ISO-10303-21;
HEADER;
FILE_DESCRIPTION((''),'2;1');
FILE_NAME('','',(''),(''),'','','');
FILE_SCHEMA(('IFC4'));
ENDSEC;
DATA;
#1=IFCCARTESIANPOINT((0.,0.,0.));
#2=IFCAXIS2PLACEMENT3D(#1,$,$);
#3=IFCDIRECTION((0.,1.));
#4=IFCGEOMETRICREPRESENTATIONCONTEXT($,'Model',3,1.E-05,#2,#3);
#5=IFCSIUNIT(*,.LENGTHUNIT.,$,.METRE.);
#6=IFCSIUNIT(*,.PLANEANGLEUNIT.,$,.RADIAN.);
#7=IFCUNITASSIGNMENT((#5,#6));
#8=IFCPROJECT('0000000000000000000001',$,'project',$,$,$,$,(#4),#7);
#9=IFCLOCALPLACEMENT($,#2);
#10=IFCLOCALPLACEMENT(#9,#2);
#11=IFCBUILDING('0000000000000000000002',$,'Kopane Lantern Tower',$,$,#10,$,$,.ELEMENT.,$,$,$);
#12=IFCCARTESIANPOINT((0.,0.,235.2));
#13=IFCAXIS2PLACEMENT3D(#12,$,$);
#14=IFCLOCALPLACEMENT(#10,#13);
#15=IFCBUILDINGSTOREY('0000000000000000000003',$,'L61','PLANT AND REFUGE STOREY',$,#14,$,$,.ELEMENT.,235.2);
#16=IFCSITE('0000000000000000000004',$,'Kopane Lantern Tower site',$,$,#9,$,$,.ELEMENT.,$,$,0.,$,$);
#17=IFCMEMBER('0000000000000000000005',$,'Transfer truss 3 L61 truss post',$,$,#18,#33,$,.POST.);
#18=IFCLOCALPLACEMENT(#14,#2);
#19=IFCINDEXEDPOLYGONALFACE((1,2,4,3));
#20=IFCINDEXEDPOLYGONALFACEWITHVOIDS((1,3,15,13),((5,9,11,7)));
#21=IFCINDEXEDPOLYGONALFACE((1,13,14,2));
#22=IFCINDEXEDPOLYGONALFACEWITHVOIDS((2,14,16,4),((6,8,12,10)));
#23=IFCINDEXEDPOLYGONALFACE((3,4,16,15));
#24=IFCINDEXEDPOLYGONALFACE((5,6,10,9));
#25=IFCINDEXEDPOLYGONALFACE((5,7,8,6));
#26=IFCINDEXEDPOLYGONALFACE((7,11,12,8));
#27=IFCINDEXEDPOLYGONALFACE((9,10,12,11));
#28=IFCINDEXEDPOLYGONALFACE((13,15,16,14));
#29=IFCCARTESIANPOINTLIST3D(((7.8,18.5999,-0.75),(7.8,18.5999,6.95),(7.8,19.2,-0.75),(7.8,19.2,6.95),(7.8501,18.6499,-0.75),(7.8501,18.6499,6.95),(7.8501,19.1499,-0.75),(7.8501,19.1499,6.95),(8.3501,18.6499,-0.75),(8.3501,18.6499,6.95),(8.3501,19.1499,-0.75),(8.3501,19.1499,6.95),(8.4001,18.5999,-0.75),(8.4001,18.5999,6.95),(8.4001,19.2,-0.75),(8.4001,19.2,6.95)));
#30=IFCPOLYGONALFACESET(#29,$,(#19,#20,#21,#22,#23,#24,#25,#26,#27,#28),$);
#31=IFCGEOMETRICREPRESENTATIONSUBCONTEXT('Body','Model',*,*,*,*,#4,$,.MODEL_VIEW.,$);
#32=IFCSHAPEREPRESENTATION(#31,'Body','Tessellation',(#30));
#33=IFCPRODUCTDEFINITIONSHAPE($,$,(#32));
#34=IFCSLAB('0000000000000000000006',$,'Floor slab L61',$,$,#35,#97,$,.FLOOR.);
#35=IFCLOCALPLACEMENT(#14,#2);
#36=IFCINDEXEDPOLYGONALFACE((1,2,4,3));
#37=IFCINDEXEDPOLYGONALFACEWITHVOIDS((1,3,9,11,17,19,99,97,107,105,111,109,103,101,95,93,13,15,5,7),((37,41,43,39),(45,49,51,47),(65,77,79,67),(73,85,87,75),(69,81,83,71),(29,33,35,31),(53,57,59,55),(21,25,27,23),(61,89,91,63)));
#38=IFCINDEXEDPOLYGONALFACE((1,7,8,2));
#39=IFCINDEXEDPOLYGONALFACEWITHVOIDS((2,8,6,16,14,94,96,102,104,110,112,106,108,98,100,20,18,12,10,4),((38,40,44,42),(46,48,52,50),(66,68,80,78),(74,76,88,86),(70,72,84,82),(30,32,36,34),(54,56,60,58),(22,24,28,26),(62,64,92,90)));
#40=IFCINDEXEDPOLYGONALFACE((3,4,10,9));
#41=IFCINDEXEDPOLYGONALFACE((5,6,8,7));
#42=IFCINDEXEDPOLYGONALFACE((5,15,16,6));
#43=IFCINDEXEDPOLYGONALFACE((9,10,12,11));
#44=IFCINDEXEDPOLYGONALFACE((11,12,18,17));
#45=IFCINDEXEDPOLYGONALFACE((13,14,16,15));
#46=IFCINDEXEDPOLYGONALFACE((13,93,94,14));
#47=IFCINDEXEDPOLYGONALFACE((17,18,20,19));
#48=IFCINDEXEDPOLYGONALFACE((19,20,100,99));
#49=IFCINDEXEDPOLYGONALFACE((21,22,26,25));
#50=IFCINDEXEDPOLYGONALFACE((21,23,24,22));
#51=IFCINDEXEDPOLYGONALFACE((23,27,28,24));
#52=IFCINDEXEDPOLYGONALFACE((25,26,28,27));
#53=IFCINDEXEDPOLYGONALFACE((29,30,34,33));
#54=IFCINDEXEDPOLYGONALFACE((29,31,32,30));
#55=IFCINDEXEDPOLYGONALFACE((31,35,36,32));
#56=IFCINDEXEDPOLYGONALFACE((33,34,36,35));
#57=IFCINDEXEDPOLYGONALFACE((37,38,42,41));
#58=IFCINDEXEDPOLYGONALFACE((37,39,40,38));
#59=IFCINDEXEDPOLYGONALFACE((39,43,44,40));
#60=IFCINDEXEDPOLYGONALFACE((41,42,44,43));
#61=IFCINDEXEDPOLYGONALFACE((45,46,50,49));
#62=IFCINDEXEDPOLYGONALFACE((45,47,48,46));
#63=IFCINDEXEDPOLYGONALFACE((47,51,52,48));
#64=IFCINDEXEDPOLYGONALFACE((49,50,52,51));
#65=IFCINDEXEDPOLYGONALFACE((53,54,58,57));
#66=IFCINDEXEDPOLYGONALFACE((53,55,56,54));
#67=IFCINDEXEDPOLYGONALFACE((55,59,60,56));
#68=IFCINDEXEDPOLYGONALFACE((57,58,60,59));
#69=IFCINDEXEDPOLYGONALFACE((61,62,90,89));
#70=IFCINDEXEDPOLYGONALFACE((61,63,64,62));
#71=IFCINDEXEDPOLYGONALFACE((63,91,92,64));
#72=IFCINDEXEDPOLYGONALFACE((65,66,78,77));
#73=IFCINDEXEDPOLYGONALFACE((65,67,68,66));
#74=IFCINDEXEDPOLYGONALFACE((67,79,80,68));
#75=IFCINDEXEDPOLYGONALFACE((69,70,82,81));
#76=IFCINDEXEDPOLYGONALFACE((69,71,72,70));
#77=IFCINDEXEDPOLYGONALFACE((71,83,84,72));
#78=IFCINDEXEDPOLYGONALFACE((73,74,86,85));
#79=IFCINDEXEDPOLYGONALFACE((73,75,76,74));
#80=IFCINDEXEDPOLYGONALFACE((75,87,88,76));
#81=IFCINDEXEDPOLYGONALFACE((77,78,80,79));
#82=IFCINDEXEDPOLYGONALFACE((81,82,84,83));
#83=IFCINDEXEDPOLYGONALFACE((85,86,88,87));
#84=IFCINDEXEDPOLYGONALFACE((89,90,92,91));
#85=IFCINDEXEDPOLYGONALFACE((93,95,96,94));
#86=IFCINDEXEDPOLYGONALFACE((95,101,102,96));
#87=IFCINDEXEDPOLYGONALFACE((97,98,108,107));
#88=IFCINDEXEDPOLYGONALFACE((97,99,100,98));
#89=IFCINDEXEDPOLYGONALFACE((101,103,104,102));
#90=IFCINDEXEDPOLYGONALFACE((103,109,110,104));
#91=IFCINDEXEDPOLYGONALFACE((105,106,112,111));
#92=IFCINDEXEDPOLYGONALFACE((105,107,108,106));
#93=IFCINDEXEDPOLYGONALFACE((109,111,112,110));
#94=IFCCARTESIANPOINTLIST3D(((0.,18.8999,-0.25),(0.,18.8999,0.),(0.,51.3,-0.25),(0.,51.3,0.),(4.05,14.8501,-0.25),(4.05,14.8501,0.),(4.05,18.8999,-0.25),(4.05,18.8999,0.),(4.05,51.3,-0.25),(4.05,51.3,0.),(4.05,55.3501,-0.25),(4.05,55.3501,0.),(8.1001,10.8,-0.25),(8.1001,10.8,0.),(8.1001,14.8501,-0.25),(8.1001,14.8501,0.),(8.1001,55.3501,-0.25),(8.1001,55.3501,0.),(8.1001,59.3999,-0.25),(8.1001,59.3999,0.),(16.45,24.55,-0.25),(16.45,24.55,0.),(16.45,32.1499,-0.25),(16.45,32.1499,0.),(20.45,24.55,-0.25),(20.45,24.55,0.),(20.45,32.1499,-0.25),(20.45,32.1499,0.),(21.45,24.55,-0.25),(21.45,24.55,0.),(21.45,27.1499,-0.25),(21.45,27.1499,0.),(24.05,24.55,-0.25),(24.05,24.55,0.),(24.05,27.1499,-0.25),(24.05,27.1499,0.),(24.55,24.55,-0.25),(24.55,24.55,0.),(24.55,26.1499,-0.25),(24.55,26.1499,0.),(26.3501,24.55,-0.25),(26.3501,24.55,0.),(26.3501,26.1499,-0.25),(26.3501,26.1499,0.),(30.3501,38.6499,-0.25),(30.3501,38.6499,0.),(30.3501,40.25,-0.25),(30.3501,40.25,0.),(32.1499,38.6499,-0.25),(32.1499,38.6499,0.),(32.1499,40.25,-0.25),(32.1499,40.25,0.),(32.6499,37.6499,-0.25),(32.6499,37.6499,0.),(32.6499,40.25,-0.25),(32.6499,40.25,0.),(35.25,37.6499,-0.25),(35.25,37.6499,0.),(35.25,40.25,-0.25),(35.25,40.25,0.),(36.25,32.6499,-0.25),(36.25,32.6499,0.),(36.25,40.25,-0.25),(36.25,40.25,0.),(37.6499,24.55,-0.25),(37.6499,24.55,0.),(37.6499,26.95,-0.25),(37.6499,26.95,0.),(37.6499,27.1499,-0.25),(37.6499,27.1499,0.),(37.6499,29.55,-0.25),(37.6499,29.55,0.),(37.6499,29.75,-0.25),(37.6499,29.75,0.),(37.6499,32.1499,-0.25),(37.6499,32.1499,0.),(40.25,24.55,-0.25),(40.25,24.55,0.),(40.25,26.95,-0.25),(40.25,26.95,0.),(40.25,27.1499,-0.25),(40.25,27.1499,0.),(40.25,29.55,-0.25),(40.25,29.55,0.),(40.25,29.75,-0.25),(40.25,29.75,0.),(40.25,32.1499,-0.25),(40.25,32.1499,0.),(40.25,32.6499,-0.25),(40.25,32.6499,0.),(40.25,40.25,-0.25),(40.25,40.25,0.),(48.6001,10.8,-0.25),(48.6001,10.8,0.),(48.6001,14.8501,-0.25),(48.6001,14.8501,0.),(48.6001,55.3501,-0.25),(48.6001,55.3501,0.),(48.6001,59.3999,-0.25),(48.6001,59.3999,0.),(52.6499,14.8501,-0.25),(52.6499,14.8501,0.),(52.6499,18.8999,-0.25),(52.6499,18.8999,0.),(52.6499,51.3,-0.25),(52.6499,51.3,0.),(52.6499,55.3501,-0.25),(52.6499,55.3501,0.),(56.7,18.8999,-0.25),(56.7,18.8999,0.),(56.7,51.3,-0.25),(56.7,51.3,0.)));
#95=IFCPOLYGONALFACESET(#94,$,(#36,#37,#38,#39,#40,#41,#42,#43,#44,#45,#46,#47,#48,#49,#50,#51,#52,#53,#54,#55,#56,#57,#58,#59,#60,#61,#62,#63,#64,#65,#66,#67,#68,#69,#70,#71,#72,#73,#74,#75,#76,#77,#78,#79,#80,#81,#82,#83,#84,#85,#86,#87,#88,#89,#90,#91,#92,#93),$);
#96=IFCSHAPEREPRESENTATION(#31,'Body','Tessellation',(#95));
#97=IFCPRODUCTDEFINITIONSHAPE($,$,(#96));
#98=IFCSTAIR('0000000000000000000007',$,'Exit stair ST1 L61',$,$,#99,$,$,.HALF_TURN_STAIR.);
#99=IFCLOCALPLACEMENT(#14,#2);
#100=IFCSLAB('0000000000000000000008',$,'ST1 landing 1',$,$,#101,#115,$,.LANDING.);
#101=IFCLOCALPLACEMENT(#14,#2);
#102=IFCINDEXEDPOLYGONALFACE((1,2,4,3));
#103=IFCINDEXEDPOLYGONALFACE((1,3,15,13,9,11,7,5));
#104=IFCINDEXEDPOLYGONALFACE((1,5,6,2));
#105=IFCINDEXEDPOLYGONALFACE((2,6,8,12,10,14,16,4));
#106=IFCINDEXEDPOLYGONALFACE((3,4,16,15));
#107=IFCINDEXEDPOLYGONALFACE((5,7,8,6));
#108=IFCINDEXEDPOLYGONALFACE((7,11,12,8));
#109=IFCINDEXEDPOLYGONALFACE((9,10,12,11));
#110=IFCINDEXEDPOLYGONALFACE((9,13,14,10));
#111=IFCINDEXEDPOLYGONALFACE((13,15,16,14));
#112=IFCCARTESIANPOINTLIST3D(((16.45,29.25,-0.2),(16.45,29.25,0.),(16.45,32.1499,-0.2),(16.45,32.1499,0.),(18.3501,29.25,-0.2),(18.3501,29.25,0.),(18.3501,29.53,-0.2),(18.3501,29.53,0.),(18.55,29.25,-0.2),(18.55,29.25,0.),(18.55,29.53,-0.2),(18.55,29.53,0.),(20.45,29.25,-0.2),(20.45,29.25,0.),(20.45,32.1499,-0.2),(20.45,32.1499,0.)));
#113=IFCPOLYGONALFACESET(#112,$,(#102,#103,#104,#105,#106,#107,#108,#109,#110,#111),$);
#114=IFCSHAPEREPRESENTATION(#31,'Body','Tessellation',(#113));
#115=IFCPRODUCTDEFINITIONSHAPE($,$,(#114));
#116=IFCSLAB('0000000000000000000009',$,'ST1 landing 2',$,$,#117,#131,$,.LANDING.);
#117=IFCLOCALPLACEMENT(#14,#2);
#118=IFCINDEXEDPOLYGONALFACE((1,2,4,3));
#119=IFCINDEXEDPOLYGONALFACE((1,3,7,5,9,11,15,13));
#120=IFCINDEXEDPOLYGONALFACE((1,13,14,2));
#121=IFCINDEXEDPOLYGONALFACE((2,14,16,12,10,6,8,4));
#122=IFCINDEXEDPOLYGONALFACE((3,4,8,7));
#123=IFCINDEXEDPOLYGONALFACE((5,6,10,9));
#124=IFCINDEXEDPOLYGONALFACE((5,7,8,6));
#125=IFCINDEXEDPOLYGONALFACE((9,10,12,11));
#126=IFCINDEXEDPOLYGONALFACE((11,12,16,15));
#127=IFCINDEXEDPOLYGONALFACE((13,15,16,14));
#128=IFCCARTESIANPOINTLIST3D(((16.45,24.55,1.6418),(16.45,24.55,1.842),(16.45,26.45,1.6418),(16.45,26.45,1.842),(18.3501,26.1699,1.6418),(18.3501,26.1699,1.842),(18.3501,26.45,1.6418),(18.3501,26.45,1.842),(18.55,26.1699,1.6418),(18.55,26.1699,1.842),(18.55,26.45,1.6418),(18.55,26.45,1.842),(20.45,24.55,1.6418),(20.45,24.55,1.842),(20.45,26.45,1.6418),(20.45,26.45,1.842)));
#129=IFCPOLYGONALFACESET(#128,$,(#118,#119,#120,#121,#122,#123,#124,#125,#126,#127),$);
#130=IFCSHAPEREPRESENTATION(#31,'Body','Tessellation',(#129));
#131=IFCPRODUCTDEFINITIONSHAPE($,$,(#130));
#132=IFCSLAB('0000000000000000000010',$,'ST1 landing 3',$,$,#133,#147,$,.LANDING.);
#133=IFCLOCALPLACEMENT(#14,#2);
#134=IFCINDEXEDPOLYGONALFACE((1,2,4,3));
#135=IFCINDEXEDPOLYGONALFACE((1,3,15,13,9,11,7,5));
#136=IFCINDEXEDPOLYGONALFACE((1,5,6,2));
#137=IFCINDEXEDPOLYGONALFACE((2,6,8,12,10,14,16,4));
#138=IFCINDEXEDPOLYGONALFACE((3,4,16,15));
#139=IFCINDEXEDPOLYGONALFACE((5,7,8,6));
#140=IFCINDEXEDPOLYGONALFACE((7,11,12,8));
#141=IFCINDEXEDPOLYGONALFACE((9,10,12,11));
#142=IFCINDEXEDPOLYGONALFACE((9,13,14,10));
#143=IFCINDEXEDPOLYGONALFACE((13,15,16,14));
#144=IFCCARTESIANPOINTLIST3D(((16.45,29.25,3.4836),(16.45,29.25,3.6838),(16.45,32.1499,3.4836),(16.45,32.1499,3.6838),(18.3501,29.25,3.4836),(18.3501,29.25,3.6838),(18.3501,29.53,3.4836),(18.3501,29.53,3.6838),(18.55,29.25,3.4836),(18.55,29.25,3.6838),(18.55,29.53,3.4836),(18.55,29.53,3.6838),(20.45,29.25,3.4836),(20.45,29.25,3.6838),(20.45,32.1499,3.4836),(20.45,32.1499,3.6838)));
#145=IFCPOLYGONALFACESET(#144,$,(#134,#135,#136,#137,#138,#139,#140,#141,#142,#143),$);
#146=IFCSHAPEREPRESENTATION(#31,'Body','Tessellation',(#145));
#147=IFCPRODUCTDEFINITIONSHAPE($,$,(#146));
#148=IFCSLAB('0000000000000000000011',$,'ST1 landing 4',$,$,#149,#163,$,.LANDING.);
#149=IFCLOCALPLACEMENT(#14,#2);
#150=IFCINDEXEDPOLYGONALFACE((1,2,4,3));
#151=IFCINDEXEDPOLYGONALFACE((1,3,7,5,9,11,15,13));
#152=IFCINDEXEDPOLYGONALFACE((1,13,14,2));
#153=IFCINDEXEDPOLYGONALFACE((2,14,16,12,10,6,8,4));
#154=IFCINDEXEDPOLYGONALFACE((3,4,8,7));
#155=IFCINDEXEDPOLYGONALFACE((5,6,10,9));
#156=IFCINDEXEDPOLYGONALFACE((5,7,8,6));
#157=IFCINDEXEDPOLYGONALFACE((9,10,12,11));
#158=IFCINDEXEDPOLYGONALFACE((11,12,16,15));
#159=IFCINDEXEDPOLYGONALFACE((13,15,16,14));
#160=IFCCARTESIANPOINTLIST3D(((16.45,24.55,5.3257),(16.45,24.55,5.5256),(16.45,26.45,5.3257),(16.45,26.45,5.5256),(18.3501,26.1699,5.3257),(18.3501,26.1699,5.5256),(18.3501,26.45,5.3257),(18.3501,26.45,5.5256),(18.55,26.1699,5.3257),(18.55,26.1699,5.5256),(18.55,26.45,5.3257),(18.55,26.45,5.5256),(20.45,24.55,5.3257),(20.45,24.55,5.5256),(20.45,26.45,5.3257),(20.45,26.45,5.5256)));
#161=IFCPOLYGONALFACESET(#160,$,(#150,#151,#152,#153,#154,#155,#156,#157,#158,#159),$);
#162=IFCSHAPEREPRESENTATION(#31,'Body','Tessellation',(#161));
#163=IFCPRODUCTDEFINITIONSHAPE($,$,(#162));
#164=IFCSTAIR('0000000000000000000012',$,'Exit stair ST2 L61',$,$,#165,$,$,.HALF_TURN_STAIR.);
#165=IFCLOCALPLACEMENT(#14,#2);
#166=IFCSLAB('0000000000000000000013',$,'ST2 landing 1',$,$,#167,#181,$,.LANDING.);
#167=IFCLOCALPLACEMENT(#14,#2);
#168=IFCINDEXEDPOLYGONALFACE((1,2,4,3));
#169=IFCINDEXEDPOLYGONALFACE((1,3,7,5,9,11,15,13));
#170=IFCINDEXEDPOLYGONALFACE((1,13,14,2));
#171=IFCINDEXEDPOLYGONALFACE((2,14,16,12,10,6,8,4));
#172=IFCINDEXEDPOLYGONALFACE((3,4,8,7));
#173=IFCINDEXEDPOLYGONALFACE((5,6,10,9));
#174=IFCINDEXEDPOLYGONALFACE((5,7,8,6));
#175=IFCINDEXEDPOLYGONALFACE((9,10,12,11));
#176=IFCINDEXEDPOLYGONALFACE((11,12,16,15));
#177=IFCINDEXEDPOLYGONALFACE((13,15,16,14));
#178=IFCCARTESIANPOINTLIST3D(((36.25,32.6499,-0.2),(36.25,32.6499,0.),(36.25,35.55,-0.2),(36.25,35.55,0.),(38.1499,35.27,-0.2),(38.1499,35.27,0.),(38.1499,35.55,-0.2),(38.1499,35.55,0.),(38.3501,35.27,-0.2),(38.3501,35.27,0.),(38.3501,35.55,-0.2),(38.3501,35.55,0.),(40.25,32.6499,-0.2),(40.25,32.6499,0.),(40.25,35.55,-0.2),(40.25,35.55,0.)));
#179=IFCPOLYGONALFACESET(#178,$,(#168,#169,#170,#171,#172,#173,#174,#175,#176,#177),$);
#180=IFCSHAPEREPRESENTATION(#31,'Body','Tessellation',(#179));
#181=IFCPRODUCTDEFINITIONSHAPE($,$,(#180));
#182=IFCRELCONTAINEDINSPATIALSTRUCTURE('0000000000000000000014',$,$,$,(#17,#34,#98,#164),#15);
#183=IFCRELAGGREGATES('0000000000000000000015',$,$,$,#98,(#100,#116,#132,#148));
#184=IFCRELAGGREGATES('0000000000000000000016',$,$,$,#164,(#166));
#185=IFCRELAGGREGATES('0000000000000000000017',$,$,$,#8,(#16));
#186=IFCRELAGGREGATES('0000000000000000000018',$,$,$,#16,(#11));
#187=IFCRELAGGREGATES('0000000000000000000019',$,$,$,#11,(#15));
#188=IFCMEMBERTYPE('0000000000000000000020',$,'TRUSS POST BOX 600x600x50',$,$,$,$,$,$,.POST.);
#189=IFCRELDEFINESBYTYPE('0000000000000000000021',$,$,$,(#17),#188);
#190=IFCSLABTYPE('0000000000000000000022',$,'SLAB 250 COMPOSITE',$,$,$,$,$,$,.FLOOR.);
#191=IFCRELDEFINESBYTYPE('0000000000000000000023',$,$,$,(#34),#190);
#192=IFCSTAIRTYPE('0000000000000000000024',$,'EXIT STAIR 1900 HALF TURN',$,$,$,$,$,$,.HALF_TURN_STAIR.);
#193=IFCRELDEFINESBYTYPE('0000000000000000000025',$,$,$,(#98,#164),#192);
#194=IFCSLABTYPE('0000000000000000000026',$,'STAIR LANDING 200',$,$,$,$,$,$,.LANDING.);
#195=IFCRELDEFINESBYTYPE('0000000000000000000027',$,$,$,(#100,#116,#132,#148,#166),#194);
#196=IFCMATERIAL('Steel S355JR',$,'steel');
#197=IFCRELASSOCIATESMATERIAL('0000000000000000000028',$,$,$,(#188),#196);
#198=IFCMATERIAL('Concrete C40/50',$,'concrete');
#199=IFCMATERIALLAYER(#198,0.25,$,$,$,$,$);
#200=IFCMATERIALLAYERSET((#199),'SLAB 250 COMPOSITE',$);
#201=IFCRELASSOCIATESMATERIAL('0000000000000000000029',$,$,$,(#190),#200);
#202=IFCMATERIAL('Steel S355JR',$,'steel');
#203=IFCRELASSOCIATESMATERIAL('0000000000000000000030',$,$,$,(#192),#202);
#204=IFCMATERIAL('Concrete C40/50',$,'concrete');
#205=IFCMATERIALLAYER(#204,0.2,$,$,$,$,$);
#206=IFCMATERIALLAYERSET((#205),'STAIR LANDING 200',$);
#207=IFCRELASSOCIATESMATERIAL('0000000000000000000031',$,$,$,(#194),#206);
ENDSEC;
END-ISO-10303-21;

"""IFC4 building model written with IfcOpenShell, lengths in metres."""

from ifc_helpers import new_model, si_unit, direction, frame, origin, origin_2d, place, context, subcontext, project, spatial, polyline, hollow_rectangle, outline, extrude, material, layer, layer_set, material_profile, profile_set, type_object, element, aggregate, save


model = new_model("IFC4")

# Units and contexts
model_context = context("Model", 3, precision=1e-05, world=origin(), true_north=direction((0.0, 1.0)))
body_context = subcontext(model_context, "Body", "Model", "MODEL_VIEW")
ifc_project = project(units=[si_unit("LENGTHUNIT", "METRE"), si_unit("PLANEANGLEUNIT", "RADIAN")], contexts=[model_context])

# Site, building, storey
site_placement = place(None, origin())
site = spatial("IfcSite", under=ifc_project, at=site_placement, Name="Kopane Lantern Tower site", CompositionType="ELEMENT", RefElevation=0.0)
building_placement = place(site_placement, origin())
building = spatial("IfcBuilding", under=site, at=building_placement, Name="Kopane Lantern Tower", CompositionType="ELEMENT")
storey_placement = place(building_placement, frame((0.0, 0.0, 235.2)))
storey = spatial("IfcBuildingStorey", under=building, at=storey_placement, Name="L61", Description="PLANT AND REFUGE STOREY", CompositionType="ELEMENT", Elevation=235.2)

# Member
ifc_material_1 = material(Name="Steel S355JR", Category="steel")
ifc_material_profile_1 = material_profile(ifc_material_1, hollow_rectangle(XDim=0.6001, YDim=0.6001, WallThickness=0.05, at=origin_2d()), Name="BOX 600x600x50")
ifc_profile_set_1 = profile_set([ifc_material_profile_1], Name="Steel S355JR")
member_type_1 = type_object("IfcMemberType", Name="TRUSS POST BOX 600x600x50", PredefinedType="POST", material=ifc_profile_set_1)
for number, where, z_axis, x_axis, name in (
    (1, (8.1001, 18.8999, -0.75), (0.0, 0.0, 1.0), (1.0, 0.0, 0.0), "Transfer truss 3 L61 truss post"),
):
    element("IfcMember", number, at=place(storey_placement, frame(where, z_axis=z_axis, x_axis=x_axis)), inside=storey, type_object=member_type_1, Name=name, PredefinedType="POST", context=body_context, shape_type="SweptSolid", body=[
        extrude(hollow_rectangle(XDim=0.6001, YDim=0.6001, WallThickness=0.05, at=origin_2d()), origin(), (0.0, 0.0, 1.0), 7.7),
    ])

# Slab
ifc_material_2 = material(Name="Concrete C40/50", Category="concrete")
ifc_layer_1 = layer(ifc_material_2, 0.25)
ifc_layer_set_1 = layer_set([ifc_layer_1], Name="SLAB 250 COMPOSITE")
slab_type_1 = type_object("IfcSlabType", Name="SLAB 250 COMPOSITE", PredefinedType="FLOOR", material=ifc_layer_set_1)
slab_1_placement = place(storey_placement, frame((0.0, 0.0, -0.25)))
element("IfcSlab", 2, at=slab_1_placement, inside=storey, type_object=slab_type_1, Name="Floor slab L61", PredefinedType="FLOOR", context=body_context, shape_type="SweptSolid", body=[
    extrude(outline(polyline([(8.1001, 10.8), (48.6001, 10.8), (48.6001, 14.8501), (52.6499, 14.8501), (52.6499, 18.8999), (56.7, 18.8999), (56.7, 51.3), (52.6499, 51.3), (52.6499, 55.3501), (48.6001, 55.3501), (48.6001, 59.3999), (8.1001, 59.3999), (8.1001, 55.3501), (4.05, 55.3501), (4.05, 51.3), (0.0, 51.3), (0.0, 18.8999), (4.05, 18.8999), (4.05, 14.8501), (8.1001, 14.8501), (8.1001, 10.8)]), holes=[polyline([(16.45, 24.55), (20.45, 24.55), (20.45, 32.1499), (16.45, 32.1499), (16.45, 24.55)]), polyline([(36.25, 32.6499), (40.25, 32.6499), (40.25, 40.25), (36.25, 40.25), (36.25, 32.6499)]), polyline([(37.6499, 24.55), (40.25, 24.55), (40.25, 26.95), (37.6499, 26.95), (37.6499, 24.55)]), polyline([(37.6499, 27.1499), (40.25, 27.1499), (40.25, 29.55), (37.6499, 29.55), (37.6499, 27.1499)]), polyline([(37.6499, 29.75), (40.25, 29.75), (40.25, 32.1499), (37.6499, 32.1499), (37.6499, 29.75)]), polyline([(21.45, 24.55), (24.05, 24.55), (24.05, 27.1499), (21.45, 27.1499), (21.45, 24.55)]), polyline([(32.6499, 37.6499), (35.25, 37.6499), (35.25, 40.25), (32.6499, 40.25), (32.6499, 37.6499)]), polyline([(24.55, 24.55), (26.3501, 24.55), (26.3501, 26.1499), (24.55, 26.1499), (24.55, 24.55)]), polyline([(30.3501, 38.6499), (32.1499, 38.6499), (32.1499, 40.25), (30.3501, 40.25), (30.3501, 38.6499)])]), origin(), (0.0, 0.0, 1.0), 0.25),
])

# Stairs, slabs
ifc_material_3 = material(Name="Steel S355JR", Category="steel")
stair_type = type_object("IfcStairType", Name="EXIT STAIR 1900 HALF TURN", PredefinedType="HALF_TURN_STAIR", material=ifc_material_3)
stair_1_placement = place(storey_placement, origin())
stair_1 = element("IfcStair", 3, at=stair_1_placement, inside=storey, type_object=stair_type, Name="Exit stair ST1 L61", PredefinedType="HALF_TURN_STAIR")
ifc_material_4 = material(Name="Concrete C40/50", Category="concrete")
ifc_layer_2 = layer(ifc_material_4, 0.2)
ifc_layer_set_2 = layer_set([ifc_layer_2], Name="STAIR LANDING 200")
slab_type_2 = type_object("IfcSlabType", Name="STAIR LANDING 200", PredefinedType="LANDING", material=ifc_layer_set_2)
slab_2_placement = place(storey_placement, frame((0.0, 0.0, -0.2)))
slab_2 = element("IfcSlab", 4, at=slab_2_placement, type_object=slab_type_2, Name="ST1 landing 1", PredefinedType="LANDING", context=body_context, shape_type="SweptSolid", body=[
    extrude(outline(polyline([(18.3501, 29.53), (18.55, 29.53), (18.55, 29.25), (20.45, 29.25), (20.45, 32.1499), (16.45, 32.1499), (16.45, 29.25), (18.3501, 29.25), (18.3501, 29.53)])), origin(), (0.0, 0.0, 1.0), 0.2),
])
slab_3_placement = place(storey_placement, frame((0.0, 0.0, 1.6418)))
slab_3 = element("IfcSlab", 5, at=slab_3_placement, type_object=slab_type_2, Name="ST1 landing 2", PredefinedType="LANDING", context=body_context, shape_type="SweptSolid", body=[
    extrude(outline(polyline([(20.45, 26.45), (18.55, 26.45), (18.55, 26.1699), (18.3501, 26.1699), (18.3501, 26.45), (16.45, 26.45), (16.45, 24.55), (20.45, 24.55), (20.45, 26.45)])), origin(), (0.0, 0.0, 1.0), 0.2002),
])
slab_4_placement = place(storey_placement, frame((0.0, 0.0, 3.4836)))
slab_4 = element("IfcSlab", 6, at=slab_4_placement, type_object=slab_type_2, Name="ST1 landing 3", PredefinedType="LANDING", context=body_context, shape_type="SweptSolid", body=[
    extrude(outline(polyline([(18.3501, 29.53), (18.55, 29.53), (18.55, 29.25), (20.45, 29.25), (20.45, 32.1499), (16.45, 32.1499), (16.45, 29.25), (18.3501, 29.25), (18.3501, 29.53)])), origin(), (0.0, 0.0, 1.0), 0.2002),
])
slab_5_placement = place(storey_placement, frame((0.0, 0.0, 5.3257)))
slab_5 = element("IfcSlab", 7, at=slab_5_placement, type_object=slab_type_2, Name="ST1 landing 4", PredefinedType="LANDING", context=body_context, shape_type="SweptSolid", body=[
    extrude(outline(polyline([(20.45, 26.45), (18.55, 26.45), (18.55, 26.1699), (18.3501, 26.1699), (18.3501, 26.45), (16.45, 26.45), (16.45, 24.55), (20.45, 24.55), (20.45, 26.45)])), origin(), (0.0, 0.0, 1.0), 0.2),
])
aggregate(stair_1, [slab_2, slab_3, slab_4, slab_5])
stair_2_placement = place(storey_placement, origin())
stair_2 = element("IfcStair", 8, at=stair_2_placement, inside=storey, type_object=stair_type, Name="Exit stair ST2 L61", PredefinedType="HALF_TURN_STAIR")
slab_6_placement = place(storey_placement, frame((0.0, 0.0, -0.2)))
slab_6 = element("IfcSlab", 9, at=slab_6_placement, type_object=slab_type_2, Name="ST2 landing 1", PredefinedType="LANDING", context=body_context, shape_type="SweptSolid", body=[
    extrude(outline(polyline([(40.25, 35.55), (38.3501, 35.55), (38.3501, 35.27), (38.1499, 35.27), (38.1499, 35.55), (36.25, 35.55), (36.25, 32.6499), (40.25, 32.6499), (40.25, 35.55)])), origin(), (0.0, 0.0, 1.0), 0.2),
])
aggregate(stair_2, [slab_6])

save(model, "model.ifc")
